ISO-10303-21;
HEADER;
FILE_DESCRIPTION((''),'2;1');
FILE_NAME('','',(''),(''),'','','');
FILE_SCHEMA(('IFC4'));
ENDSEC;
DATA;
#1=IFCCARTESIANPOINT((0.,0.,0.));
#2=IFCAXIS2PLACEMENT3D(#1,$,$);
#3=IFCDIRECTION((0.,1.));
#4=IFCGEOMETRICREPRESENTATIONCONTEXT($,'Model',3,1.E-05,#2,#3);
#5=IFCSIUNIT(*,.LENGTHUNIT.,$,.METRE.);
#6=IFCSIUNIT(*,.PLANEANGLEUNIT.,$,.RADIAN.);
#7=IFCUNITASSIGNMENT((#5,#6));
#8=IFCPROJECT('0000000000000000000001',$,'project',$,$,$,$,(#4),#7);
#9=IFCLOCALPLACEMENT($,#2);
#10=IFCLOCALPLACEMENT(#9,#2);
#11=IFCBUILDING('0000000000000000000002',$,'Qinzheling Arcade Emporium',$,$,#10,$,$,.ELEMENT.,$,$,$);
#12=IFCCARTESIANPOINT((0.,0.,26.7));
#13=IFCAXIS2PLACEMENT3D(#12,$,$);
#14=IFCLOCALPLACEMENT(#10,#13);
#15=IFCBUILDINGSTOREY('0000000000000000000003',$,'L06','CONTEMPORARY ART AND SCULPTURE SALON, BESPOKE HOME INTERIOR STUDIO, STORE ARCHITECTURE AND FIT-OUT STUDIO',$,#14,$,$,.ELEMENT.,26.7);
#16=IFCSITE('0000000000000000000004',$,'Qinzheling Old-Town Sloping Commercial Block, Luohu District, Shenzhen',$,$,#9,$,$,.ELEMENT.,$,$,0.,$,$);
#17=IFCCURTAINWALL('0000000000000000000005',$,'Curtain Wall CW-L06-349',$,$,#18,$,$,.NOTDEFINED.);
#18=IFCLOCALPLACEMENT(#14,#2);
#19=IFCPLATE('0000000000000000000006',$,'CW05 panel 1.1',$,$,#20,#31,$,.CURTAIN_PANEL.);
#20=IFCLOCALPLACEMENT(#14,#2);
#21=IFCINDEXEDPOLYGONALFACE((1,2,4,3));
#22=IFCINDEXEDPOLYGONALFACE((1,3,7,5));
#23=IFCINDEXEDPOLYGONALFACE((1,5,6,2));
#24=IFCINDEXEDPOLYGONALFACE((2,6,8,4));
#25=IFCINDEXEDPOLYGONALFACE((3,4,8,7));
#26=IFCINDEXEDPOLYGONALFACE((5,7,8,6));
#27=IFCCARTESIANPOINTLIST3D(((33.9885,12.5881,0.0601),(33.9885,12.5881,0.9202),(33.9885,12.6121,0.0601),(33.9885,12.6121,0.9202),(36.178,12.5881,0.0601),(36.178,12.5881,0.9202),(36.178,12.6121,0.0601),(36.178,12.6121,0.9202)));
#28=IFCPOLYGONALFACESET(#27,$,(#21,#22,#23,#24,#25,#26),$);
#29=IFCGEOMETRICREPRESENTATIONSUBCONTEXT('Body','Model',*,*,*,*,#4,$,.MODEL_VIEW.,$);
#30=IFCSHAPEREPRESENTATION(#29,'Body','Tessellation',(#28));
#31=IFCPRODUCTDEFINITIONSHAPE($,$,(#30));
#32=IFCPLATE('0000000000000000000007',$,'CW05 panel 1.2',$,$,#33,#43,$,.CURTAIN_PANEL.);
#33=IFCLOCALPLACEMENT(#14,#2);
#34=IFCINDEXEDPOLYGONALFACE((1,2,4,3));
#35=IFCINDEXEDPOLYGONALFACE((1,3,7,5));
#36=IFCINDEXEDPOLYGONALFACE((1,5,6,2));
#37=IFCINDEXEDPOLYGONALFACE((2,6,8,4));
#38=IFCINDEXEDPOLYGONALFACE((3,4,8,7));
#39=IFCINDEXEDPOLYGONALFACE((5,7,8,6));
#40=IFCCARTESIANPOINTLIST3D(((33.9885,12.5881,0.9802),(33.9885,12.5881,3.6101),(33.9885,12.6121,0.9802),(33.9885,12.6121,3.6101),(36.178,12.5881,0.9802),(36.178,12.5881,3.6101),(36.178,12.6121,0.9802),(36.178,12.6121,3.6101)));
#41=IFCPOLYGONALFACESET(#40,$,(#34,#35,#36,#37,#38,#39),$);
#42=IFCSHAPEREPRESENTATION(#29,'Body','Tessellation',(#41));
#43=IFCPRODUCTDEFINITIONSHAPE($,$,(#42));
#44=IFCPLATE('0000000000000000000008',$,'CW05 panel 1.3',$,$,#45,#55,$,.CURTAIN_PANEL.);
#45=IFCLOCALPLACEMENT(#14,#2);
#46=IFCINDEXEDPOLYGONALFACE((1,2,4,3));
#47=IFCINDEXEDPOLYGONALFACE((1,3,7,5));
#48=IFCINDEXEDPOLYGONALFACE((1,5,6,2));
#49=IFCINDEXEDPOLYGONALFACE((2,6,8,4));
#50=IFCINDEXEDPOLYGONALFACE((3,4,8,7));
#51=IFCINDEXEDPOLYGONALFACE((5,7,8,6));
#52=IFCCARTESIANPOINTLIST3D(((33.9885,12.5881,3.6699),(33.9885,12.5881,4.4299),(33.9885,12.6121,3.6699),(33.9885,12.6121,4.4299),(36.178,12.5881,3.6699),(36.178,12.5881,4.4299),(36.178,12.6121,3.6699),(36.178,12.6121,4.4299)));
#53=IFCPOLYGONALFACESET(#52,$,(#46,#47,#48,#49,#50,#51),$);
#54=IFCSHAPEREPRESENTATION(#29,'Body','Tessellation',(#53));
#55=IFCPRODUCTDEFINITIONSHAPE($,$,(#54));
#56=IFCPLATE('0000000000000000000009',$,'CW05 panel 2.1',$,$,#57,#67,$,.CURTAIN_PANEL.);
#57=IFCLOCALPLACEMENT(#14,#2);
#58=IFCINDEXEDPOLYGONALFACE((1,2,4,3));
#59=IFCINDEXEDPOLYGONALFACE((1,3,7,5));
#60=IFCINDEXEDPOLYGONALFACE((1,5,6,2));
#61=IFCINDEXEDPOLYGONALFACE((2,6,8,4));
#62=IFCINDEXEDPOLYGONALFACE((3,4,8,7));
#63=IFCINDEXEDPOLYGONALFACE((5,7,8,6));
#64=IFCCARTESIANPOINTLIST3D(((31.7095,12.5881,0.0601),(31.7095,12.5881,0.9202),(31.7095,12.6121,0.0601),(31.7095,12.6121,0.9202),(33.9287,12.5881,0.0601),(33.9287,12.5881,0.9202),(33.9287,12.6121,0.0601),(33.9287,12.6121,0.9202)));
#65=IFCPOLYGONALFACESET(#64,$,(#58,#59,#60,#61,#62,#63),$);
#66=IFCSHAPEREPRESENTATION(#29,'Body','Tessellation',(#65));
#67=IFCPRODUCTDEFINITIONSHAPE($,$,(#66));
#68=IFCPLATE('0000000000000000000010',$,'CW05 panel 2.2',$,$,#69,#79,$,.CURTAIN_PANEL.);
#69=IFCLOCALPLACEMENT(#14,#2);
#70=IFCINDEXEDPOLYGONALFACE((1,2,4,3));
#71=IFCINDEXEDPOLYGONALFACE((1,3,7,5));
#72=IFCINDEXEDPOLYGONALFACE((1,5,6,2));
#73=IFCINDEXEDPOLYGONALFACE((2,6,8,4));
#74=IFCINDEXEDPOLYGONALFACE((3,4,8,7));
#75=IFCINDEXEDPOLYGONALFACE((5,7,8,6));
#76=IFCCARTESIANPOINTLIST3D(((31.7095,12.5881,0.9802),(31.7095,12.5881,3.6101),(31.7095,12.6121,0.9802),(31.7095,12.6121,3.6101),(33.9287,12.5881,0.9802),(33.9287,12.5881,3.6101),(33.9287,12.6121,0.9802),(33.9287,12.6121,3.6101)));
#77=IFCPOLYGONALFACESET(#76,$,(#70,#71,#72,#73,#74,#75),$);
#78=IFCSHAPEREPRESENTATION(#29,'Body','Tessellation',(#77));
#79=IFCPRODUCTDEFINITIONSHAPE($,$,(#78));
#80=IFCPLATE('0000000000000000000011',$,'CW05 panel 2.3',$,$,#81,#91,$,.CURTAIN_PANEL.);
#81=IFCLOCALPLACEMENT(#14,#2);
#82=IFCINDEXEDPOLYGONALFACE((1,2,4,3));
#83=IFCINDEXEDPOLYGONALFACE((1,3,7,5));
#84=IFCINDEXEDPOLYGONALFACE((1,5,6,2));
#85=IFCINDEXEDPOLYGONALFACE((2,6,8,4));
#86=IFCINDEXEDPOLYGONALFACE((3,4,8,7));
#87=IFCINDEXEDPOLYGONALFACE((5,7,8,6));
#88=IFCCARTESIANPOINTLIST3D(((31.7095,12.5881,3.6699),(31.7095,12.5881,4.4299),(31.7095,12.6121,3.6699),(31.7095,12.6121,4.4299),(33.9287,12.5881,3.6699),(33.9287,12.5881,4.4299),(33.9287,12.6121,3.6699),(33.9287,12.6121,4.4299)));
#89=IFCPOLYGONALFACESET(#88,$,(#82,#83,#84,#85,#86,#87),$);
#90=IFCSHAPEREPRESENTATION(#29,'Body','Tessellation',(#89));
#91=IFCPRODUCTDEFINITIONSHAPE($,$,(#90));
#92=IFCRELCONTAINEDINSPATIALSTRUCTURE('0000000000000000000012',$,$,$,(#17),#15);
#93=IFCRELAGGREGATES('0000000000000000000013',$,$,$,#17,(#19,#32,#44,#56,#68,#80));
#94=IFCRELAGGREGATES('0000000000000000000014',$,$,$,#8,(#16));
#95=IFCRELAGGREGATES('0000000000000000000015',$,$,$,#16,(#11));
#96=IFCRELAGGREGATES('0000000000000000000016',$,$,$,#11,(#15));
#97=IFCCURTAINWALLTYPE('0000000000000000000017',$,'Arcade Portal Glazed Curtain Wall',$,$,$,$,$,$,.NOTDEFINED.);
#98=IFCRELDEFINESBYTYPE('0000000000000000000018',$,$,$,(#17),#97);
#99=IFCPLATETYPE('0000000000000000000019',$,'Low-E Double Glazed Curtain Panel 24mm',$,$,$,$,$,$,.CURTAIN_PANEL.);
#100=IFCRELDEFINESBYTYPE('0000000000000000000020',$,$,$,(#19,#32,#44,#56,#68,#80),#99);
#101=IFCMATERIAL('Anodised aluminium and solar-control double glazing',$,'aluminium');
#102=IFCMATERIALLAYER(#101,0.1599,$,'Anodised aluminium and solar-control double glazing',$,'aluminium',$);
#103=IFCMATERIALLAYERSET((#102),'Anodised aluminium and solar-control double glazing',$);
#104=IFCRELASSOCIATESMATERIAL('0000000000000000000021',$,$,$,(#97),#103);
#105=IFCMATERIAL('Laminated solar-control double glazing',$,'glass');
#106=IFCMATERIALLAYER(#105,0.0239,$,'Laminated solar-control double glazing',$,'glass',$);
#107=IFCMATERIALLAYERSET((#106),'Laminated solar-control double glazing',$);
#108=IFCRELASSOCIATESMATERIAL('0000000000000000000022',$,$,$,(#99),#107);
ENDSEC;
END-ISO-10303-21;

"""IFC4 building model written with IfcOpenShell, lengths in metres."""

from ifc_helpers import new_model, si_unit, direction, frame, origin, origin_2d, place, context, subcontext, project, spatial, rectangle, extrude, material, layer, layer_set, type_object, element, aggregate, save


model = new_model("IFC4")

# Units and contexts
model_context = context("Model", 3, precision=1e-05, world=origin(), true_north=direction((0.0, 1.0)))
body_context = subcontext(model_context, "Body", "Model", "MODEL_VIEW")
ifc_project = project(units=[si_unit("LENGTHUNIT", "METRE"), si_unit("PLANEANGLEUNIT", "RADIAN")], contexts=[model_context])

# Site, building, storey
site_placement = place(None, origin())
site = spatial("IfcSite", under=ifc_project, at=site_placement, Name="Qinzheling Old-Town Sloping Commercial Block, Luohu District, Shenzhen", CompositionType="ELEMENT", RefElevation=0.0)
building_placement = place(site_placement, origin())
building = spatial("IfcBuilding", under=site, at=building_placement, Name="Qinzheling Arcade Emporium", CompositionType="ELEMENT")
storey_placement = place(building_placement, frame((0.0, 0.0, 26.7)))
storey = spatial("IfcBuildingStorey", under=building, at=storey_placement, Name="L06", Description="CONTEMPORARY ART AND SCULPTURE SALON, BESPOKE HOME INTERIOR STUDIO, STORE ARCHITECTURE AND FIT-OUT STUDIO", CompositionType="ELEMENT", Elevation=26.7)

# Curtain wall
ifc_material_1 = material(Name="Anodised aluminium and solar-control double glazing", Category="aluminium")
ifc_layer_1 = layer(ifc_material_1, 0.1599, Name="Anodised aluminium and solar-control double glazing", Category="aluminium")
ifc_layer_set_1 = layer_set([ifc_layer_1], Name="Anodised aluminium and solar-control double glazing")
curtain_wall_type = type_object("IfcCurtainWallType", Name="Arcade Portal Glazed Curtain Wall", PredefinedType="NOTDEFINED", material=ifc_layer_set_1)
curtain_wall_1_placement = place(storey_placement, origin())
curtain_wall_1 = element("IfcCurtainWall", 1, at=curtain_wall_1_placement, inside=storey, type_object=curtain_wall_type, Name="Curtain Wall CW-L06-349", PredefinedType="NOTDEFINED")

# Plates
ifc_material_2 = material(Name="Laminated solar-control double glazing", Category="glass")
ifc_layer_2 = layer(ifc_material_2, 0.0239, Name="Laminated solar-control double glazing", Category="glass")
ifc_layer_set_2 = layer_set([ifc_layer_2], Name="Laminated solar-control double glazing")
plate_type_1 = type_object("IfcPlateType", Name="Low-E Double Glazed Curtain Panel 24mm", PredefinedType="CURTAIN_PANEL", material=ifc_layer_set_2)
plate_1_placement = place(storey_placement, frame((35.0833, 12.6001, 0.0601), z_axis=(0.0, 0.0, 1.0), x_axis=(-1.0, 0.0, 0.0)))
plate_1 = element("IfcPlate", 2, at=plate_1_placement, type_object=plate_type_1, Name="CW05 panel 1.1", PredefinedType="CURTAIN_PANEL", context=body_context, shape_type="SweptSolid", body=[
    extrude(rectangle(XDim=2.1895, YDim=0.0239, at=origin_2d()), origin(), (0.0, 0.0, 1.0), 0.8601),
])
plate_2_placement = place(storey_placement, frame((35.0833, 12.6001, 0.9802), z_axis=(0.0, 0.0, 1.0), x_axis=(-1.0, 0.0, 0.0)))
plate_2 = element("IfcPlate", 3, at=plate_2_placement, type_object=plate_type_1, Name="CW05 panel 1.2", PredefinedType="CURTAIN_PANEL", context=body_context, shape_type="SweptSolid", body=[
    extrude(rectangle(XDim=2.1895, YDim=0.0239, at=origin_2d()), origin(), (0.0, 0.0, 1.0), 2.6299),
])
plate_3_placement = place(storey_placement, frame((35.0833, 12.6001, 3.6699), z_axis=(0.0, 0.0, 1.0), x_axis=(-1.0, 0.0, 0.0)))
plate_3 = element("IfcPlate", 4, at=plate_3_placement, type_object=plate_type_1, Name="CW05 panel 1.3", PredefinedType="CURTAIN_PANEL", context=body_context, shape_type="SweptSolid", body=[
    extrude(rectangle(XDim=2.1895, YDim=0.0239, at=origin_2d()), origin(), (0.0, 0.0, 1.0), 0.76),
])
plate_4_placement = place(storey_placement, frame((32.8191, 12.6001, 0.0601), z_axis=(0.0, 0.0, 1.0), x_axis=(-1.0, 0.0, 0.0)))
plate_4 = element("IfcPlate", 5, at=plate_4_placement, type_object=plate_type_1, Name="CW05 panel 2.1", PredefinedType="CURTAIN_PANEL", context=body_context, shape_type="SweptSolid", body=[
    extrude(rectangle(XDim=2.2192, YDim=0.0239, at=origin_2d()), origin(), (0.0, 0.0, 1.0), 0.8601),
])
plate_5_placement = place(storey_placement, frame((32.8191, 12.6001, 0.9802), z_axis=(0.0, 0.0, 1.0), x_axis=(-1.0, 0.0, 0.0)))
plate_5 = element("IfcPlate", 6, at=plate_5_placement, type_object=plate_type_1, Name="CW05 panel 2.2", PredefinedType="CURTAIN_PANEL", context=body_context, shape_type="SweptSolid", body=[
    extrude(rectangle(XDim=2.2192, YDim=0.0239, at=origin_2d()), origin(), (0.0, 0.0, 1.0), 2.6299),
])
plate_6_placement = place(storey_placement, frame((32.8191, 12.6001, 3.6699), z_axis=(0.0, 0.0, 1.0), x_axis=(-1.0, 0.0, 0.0)))
plate_6 = element("IfcPlate", 7, at=plate_6_placement, type_object=plate_type_1, Name="CW05 panel 2.3", PredefinedType="CURTAIN_PANEL", context=body_context, shape_type="SweptSolid", body=[
    extrude(rectangle(XDim=2.2192, YDim=0.0239, at=origin_2d()), origin(), (0.0, 0.0, 1.0), 0.76),
])
aggregate(curtain_wall_1, [plate_1, plate_2, plate_3, plate_4, plate_5, plate_6])

save(model, "model.ifc")
